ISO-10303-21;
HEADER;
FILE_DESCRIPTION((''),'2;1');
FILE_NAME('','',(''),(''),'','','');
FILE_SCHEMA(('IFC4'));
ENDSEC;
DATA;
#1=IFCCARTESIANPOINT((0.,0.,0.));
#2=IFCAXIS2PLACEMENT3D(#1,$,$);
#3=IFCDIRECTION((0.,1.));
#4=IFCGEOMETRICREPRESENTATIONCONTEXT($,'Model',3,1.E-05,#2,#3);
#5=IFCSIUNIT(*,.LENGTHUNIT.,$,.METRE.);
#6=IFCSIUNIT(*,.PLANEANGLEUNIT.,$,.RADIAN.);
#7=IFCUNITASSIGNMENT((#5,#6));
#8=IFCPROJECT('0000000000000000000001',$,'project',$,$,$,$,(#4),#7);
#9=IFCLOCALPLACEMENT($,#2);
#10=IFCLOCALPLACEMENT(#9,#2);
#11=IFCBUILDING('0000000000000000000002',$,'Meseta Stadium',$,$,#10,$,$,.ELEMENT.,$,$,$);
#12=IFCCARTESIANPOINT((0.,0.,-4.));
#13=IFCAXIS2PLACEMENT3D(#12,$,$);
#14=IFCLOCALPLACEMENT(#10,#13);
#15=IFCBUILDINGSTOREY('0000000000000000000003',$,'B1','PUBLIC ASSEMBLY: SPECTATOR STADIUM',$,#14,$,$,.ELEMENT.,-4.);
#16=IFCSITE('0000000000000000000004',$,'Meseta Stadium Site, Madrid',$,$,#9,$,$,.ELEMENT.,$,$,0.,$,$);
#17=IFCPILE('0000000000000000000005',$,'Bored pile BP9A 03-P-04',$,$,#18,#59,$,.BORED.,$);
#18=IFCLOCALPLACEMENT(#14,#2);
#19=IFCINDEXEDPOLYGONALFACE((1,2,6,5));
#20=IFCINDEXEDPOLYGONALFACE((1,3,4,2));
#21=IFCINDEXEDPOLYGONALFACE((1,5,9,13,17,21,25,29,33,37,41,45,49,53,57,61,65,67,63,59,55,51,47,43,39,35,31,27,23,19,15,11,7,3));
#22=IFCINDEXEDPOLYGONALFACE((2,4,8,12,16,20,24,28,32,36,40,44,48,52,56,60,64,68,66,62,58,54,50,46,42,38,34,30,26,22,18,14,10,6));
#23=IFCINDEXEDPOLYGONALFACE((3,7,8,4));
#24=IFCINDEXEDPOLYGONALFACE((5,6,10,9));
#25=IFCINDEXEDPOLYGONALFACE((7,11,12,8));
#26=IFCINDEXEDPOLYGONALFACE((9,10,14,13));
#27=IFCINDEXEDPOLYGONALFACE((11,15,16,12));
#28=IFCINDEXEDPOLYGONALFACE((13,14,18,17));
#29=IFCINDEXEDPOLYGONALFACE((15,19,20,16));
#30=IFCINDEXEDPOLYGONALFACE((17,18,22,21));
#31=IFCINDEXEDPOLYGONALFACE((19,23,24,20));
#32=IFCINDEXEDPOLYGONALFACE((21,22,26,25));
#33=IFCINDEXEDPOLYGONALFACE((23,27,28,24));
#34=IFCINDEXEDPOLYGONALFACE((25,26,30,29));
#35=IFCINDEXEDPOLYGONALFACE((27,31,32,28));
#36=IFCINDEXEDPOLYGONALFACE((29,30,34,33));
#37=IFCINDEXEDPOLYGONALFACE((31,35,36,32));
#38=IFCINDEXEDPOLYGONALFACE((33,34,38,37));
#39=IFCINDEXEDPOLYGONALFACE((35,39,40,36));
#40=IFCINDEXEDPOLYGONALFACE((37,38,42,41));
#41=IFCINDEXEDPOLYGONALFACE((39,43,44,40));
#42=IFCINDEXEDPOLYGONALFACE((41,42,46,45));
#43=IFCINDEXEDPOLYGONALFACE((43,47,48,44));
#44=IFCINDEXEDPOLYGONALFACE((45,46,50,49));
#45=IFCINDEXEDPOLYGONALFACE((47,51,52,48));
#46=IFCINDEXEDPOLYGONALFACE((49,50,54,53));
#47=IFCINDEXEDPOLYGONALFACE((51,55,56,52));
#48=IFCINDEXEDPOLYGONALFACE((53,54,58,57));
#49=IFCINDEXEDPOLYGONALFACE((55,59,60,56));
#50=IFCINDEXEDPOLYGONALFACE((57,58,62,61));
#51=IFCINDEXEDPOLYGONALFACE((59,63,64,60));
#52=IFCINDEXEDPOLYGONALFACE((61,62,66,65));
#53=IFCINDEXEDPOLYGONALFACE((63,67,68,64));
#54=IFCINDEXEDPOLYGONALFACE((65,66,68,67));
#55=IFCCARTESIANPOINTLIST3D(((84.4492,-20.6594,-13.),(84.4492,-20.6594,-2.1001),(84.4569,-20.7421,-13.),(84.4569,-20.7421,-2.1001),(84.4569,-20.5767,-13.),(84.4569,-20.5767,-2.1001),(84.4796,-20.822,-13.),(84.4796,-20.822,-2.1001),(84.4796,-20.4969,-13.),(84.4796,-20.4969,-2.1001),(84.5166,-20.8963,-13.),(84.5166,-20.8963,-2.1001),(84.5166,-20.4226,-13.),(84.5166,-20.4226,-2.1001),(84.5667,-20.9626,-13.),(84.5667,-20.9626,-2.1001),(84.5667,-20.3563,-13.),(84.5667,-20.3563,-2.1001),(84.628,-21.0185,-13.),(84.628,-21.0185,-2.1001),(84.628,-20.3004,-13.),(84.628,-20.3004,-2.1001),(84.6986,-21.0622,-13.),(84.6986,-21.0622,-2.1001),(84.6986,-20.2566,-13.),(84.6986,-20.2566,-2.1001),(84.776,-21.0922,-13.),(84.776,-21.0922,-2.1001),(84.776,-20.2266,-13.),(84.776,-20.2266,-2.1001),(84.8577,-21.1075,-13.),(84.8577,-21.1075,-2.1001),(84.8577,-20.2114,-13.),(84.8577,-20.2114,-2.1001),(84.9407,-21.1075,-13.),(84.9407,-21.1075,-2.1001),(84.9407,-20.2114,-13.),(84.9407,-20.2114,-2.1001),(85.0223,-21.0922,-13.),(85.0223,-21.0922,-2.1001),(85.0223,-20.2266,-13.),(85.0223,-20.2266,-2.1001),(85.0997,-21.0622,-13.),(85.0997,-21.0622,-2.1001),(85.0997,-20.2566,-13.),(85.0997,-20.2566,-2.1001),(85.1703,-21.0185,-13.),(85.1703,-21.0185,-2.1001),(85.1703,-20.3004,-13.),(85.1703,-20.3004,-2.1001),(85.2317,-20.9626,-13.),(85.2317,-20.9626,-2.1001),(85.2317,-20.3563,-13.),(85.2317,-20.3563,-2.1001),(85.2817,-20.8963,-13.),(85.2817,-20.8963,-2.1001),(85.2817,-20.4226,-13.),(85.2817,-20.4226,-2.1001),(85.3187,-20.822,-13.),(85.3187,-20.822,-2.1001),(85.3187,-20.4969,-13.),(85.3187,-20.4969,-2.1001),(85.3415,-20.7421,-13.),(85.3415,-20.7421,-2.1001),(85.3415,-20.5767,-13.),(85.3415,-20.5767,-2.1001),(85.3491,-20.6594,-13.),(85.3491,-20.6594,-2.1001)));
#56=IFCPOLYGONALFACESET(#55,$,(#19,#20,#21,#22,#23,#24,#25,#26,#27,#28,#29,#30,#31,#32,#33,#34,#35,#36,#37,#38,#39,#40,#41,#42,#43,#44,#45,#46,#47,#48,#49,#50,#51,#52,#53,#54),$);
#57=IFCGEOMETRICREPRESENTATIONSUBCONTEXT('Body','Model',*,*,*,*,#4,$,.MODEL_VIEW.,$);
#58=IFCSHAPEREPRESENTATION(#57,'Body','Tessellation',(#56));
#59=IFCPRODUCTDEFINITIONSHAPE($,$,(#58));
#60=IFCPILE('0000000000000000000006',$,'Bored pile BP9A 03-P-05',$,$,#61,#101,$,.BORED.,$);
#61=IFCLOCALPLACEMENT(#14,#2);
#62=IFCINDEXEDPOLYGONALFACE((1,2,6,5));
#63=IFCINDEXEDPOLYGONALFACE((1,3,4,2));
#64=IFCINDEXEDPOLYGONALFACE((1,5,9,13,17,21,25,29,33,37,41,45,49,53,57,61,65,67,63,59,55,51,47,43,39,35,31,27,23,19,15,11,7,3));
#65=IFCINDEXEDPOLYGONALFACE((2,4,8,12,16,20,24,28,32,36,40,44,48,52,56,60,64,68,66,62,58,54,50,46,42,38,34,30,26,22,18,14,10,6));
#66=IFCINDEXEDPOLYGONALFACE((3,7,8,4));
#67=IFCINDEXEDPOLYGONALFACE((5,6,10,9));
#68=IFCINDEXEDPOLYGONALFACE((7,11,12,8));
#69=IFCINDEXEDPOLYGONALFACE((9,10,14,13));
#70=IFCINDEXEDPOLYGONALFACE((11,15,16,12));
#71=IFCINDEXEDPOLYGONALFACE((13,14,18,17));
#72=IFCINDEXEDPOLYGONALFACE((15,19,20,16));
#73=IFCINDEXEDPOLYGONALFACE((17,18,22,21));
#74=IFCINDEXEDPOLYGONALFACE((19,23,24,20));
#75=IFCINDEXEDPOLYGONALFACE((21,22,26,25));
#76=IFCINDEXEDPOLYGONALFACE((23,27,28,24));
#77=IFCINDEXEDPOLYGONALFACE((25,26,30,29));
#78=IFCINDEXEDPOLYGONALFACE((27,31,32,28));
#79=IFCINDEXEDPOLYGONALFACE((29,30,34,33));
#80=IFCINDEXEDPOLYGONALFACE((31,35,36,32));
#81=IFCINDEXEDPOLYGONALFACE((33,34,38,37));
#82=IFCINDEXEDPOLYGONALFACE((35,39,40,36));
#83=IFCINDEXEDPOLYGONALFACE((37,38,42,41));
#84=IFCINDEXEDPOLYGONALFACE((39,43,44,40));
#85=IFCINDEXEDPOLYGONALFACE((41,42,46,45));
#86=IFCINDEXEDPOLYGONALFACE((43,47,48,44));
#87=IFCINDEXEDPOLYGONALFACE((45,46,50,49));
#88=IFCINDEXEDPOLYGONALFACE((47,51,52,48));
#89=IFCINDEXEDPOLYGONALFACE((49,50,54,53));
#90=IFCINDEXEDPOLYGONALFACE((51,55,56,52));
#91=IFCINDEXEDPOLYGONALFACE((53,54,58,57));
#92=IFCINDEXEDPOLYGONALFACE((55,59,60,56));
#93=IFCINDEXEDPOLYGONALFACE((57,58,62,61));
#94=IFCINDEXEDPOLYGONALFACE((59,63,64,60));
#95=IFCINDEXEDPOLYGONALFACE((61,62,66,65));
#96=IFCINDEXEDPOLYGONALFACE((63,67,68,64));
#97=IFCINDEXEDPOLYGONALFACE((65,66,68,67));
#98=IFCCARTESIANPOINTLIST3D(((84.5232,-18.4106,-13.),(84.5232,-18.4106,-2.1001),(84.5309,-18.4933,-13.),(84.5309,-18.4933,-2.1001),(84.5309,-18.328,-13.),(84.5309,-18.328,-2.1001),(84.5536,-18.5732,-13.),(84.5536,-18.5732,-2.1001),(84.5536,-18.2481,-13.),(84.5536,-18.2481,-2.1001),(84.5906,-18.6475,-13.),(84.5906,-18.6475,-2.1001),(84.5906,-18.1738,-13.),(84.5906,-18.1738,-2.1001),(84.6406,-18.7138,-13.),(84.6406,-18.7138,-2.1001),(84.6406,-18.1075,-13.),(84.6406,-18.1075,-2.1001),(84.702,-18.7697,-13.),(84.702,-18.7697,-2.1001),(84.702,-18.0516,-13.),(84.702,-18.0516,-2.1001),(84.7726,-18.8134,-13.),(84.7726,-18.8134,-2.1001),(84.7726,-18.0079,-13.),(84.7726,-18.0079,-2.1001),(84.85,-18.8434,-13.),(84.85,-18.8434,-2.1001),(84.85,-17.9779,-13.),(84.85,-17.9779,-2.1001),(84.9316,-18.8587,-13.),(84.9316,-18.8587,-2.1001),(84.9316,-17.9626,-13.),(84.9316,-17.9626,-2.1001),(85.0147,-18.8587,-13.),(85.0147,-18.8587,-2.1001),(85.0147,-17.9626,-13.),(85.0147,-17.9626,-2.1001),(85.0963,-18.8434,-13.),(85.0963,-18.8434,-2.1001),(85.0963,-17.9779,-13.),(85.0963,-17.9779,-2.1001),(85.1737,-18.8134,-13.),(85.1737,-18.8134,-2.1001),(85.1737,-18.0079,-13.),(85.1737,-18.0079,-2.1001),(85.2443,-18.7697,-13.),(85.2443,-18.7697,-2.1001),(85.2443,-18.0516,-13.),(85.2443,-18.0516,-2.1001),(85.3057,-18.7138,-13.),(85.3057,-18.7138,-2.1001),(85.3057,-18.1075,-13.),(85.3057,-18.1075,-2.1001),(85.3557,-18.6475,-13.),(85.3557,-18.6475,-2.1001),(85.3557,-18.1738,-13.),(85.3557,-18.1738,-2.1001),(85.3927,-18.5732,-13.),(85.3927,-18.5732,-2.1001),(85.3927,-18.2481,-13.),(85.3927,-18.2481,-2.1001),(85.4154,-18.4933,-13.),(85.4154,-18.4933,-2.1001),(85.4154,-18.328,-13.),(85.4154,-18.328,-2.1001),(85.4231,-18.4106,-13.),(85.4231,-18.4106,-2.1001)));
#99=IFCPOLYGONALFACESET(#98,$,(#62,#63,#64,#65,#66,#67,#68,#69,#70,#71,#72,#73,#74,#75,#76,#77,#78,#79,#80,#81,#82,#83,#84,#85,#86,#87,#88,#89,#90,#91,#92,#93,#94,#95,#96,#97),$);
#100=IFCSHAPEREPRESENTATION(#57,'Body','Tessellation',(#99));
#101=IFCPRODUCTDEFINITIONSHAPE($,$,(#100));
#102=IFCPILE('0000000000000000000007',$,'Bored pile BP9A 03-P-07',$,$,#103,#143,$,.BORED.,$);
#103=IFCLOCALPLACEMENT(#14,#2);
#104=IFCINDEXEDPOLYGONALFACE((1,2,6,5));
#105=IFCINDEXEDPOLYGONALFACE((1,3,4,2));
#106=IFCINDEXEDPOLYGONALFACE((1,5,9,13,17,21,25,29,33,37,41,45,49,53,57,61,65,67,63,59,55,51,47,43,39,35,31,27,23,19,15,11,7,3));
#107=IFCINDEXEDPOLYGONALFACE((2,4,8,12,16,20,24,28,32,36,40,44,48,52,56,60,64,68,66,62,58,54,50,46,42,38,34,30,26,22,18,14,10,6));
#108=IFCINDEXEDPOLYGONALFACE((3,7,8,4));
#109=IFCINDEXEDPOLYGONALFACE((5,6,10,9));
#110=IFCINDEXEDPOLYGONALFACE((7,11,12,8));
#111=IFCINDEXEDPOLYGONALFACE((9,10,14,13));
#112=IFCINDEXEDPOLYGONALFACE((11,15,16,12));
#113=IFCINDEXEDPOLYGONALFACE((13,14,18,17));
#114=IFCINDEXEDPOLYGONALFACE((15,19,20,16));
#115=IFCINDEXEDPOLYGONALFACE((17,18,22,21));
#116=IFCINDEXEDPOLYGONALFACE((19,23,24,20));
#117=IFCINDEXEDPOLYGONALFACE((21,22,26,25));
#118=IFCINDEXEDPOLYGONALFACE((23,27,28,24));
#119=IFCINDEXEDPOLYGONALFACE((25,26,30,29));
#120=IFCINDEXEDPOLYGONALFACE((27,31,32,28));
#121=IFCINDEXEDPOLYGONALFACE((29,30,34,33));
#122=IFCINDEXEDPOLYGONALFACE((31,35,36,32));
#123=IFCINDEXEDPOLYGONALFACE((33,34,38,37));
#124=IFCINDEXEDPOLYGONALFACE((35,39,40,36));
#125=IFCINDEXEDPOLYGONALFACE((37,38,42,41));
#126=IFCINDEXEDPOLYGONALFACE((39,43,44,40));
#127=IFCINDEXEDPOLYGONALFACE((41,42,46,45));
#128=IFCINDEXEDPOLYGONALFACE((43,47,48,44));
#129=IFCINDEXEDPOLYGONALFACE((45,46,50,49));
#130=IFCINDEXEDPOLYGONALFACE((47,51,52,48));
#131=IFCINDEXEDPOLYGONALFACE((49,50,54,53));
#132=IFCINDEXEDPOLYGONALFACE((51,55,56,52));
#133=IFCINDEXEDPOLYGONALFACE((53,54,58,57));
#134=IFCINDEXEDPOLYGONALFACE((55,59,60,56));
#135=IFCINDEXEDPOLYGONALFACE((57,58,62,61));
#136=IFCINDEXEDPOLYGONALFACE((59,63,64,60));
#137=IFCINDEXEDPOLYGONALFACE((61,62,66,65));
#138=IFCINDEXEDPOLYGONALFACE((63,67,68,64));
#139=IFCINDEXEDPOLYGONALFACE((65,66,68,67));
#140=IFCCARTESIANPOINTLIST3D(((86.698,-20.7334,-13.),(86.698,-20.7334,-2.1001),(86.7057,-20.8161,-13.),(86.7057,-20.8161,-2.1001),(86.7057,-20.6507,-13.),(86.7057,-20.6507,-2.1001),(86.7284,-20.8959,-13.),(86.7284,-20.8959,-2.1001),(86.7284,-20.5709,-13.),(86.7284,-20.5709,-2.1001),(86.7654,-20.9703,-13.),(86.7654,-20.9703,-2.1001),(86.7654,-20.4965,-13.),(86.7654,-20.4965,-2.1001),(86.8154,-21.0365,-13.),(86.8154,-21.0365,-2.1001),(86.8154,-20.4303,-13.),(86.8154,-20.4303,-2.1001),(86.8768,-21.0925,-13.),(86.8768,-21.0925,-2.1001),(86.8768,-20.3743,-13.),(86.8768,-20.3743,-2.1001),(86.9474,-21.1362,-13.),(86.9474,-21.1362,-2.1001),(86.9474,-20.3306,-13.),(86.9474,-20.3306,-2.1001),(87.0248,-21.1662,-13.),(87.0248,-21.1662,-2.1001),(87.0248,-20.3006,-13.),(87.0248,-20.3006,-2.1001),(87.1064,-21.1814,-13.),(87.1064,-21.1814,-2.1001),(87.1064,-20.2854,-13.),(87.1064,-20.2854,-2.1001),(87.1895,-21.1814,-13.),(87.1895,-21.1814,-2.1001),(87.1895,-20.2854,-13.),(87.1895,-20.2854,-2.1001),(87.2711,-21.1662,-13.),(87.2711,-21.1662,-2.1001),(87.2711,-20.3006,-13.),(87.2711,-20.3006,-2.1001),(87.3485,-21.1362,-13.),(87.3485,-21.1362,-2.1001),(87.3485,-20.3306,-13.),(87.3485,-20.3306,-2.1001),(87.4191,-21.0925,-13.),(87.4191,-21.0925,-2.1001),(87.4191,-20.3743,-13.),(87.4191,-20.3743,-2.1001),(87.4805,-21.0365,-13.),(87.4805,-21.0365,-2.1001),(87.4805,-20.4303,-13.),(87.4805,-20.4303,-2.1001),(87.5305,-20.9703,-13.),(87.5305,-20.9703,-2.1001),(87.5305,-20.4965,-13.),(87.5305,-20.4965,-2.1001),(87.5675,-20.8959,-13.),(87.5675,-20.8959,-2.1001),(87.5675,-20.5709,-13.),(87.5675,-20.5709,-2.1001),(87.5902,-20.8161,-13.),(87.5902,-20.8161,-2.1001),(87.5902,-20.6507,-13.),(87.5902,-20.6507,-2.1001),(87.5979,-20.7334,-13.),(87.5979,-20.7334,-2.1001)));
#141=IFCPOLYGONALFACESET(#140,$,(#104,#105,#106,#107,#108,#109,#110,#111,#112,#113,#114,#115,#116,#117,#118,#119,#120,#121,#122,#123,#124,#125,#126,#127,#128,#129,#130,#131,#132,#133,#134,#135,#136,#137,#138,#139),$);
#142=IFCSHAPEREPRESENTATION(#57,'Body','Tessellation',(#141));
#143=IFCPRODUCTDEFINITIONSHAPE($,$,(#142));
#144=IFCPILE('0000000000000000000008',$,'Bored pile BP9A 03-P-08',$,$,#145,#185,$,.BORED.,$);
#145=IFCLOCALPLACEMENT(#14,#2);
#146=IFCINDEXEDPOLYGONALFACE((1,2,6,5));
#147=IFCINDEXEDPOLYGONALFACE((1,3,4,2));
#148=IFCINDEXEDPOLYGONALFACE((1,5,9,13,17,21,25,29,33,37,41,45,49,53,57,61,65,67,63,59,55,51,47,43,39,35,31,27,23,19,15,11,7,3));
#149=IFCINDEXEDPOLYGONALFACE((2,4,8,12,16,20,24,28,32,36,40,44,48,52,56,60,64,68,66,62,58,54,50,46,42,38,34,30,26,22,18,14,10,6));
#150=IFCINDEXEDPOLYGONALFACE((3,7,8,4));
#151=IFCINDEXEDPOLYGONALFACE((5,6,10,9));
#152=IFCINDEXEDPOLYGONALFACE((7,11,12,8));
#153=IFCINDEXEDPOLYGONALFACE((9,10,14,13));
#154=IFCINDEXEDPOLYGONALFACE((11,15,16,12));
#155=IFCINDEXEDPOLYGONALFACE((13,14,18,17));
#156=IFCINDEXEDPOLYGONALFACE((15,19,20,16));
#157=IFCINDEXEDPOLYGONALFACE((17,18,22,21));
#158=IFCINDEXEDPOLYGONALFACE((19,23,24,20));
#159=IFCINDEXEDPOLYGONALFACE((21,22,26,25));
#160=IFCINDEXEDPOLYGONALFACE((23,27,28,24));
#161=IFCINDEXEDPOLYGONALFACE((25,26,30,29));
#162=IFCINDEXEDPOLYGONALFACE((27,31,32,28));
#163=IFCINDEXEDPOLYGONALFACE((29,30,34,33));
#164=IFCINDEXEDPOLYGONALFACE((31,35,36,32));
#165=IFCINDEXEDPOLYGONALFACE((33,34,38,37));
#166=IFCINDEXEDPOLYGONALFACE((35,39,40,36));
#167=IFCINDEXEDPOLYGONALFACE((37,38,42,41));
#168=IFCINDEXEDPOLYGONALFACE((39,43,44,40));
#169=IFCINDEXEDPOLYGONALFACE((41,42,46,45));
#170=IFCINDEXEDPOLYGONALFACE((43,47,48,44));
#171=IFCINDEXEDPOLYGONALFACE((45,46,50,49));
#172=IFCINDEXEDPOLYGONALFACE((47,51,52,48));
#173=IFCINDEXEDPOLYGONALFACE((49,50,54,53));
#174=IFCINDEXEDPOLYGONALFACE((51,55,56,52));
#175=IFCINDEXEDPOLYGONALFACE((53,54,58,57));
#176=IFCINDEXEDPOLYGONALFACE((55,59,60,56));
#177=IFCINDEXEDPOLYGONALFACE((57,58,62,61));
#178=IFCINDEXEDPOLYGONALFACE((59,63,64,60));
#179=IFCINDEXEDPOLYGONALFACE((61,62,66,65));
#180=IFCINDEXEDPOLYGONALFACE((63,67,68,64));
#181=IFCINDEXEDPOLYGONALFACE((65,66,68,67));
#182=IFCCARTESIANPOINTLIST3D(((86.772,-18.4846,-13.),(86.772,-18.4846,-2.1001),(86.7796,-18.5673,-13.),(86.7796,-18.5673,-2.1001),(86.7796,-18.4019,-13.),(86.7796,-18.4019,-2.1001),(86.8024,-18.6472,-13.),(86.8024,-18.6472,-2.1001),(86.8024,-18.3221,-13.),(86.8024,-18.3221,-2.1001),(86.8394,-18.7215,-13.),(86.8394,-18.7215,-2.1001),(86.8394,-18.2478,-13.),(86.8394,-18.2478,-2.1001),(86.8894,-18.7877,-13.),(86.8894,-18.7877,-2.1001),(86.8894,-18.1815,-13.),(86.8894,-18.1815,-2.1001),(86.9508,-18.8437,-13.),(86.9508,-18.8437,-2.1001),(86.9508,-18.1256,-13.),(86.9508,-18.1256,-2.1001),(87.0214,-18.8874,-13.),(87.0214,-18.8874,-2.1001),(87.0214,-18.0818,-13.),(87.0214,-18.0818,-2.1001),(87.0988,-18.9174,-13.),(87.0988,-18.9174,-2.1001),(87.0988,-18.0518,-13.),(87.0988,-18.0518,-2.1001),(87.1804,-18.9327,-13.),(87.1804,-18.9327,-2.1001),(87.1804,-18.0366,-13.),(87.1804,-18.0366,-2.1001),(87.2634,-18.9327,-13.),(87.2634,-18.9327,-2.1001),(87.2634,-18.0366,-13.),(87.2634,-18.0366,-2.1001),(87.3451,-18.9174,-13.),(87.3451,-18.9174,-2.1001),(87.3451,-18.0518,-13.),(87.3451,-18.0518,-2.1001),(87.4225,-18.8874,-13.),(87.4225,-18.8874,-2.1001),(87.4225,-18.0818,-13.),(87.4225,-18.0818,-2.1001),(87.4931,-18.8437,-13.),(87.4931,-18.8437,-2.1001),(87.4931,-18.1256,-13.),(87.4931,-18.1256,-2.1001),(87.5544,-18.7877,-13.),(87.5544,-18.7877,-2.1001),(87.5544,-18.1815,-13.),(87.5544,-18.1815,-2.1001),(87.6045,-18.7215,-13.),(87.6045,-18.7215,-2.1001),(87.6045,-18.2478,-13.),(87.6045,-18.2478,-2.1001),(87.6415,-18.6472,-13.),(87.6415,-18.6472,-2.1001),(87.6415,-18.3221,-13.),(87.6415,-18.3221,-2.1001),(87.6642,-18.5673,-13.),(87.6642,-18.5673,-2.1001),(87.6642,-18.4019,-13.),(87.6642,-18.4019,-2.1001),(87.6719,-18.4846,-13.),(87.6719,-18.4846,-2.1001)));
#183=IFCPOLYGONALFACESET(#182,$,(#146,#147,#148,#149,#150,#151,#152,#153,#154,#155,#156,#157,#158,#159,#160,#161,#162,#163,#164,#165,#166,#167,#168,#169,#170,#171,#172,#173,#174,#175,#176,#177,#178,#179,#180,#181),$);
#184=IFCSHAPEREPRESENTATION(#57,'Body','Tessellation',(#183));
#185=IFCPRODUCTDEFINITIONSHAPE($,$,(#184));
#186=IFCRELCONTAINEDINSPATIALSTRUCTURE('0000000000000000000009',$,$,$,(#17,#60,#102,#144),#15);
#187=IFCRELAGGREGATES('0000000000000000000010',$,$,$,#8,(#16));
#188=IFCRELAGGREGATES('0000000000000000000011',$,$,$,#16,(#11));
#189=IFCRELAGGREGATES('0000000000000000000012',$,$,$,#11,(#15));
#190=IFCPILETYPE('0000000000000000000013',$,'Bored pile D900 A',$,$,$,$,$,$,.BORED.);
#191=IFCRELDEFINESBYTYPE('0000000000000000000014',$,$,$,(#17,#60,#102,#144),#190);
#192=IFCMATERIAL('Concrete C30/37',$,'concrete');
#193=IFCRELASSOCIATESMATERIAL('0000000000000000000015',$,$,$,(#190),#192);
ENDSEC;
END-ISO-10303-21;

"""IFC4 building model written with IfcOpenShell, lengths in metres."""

from ifc_helpers import new_model, si_unit, direction, frame, origin, origin_2d, place, context, subcontext, project, spatial, circle, extrude, material, material_profile, profile_set, type_object, element, save


model = new_model("IFC4")

# Units and contexts
model_context = context("Model", 3, precision=1e-05, world=origin(), true_north=direction((0.0, 1.0)))
body_context = subcontext(model_context, "Body", "Model", "MODEL_VIEW")
ifc_project = project(units=[si_unit("LENGTHUNIT", "METRE"), si_unit("PLANEANGLEUNIT", "RADIAN")], contexts=[model_context])

# Site, building, storey
site_placement = place(None, origin())
site = spatial("IfcSite", under=ifc_project, at=site_placement, Name="Meseta Stadium Site, Madrid", CompositionType="ELEMENT", RefElevation=0.0)
building_placement = place(site_placement, origin())
building = spatial("IfcBuilding", under=site, at=building_placement, Name="Meseta Stadium", CompositionType="ELEMENT")
storey_placement = place(building_placement, frame((0.0, 0.0, -4.0)))
storey = spatial("IfcBuildingStorey", under=building, at=storey_placement, Name="B1", Description="PUBLIC ASSEMBLY: SPECTATOR STADIUM", CompositionType="ELEMENT", Elevation=-4.0)

# Piles
ifc_material_1 = material(Name="Concrete C30/37", Category="concrete")
ifc_material_profile_1 = material_profile(ifc_material_1, circle(Radius=0.45, at=origin_2d()), Name="D900")
ifc_profile_set_1 = profile_set([ifc_material_profile_1], Name="Concrete C30/37")
pile_type = type_object("IfcPileType", Name="Bored pile D900 A", PredefinedType="BORED", material=ifc_profile_set_1)
for number, where, z_axis, x_axis, name in (
    (1, (84.8992, -20.6594, -2.1001), (0.0, 0.0, -1.0), (1.0, 0.0, 0.0), "Bored pile BP9A 03-P-04"),
    (2, (84.9731, -18.4106, -2.1001), (0.0, 0.0, -1.0), (1.0, 0.0, 0.0), "Bored pile BP9A 03-P-05"),
    (3, (87.1479, -20.7334, -2.1001), (0.0, 0.0, -1.0), (1.0, 0.0, 0.0), "Bored pile BP9A 03-P-07"),
    (4, (87.2219, -18.4846, -2.1001), (0.0, 0.0, -1.0), (1.0, 0.0, 0.0), "Bored pile BP9A 03-P-08"),
):
    element("IfcPile", number, at=place(storey_placement, frame(where, z_axis=z_axis, x_axis=x_axis)), inside=storey, type_object=pile_type, Name=name, PredefinedType="BORED", context=body_context, shape_type="SweptSolid", body=[
        extrude(circle(Radius=0.45, at=origin_2d()), origin(), (0.0, 0.0, 1.0), 10.8999),
    ])

save(model, "model.ifc")
